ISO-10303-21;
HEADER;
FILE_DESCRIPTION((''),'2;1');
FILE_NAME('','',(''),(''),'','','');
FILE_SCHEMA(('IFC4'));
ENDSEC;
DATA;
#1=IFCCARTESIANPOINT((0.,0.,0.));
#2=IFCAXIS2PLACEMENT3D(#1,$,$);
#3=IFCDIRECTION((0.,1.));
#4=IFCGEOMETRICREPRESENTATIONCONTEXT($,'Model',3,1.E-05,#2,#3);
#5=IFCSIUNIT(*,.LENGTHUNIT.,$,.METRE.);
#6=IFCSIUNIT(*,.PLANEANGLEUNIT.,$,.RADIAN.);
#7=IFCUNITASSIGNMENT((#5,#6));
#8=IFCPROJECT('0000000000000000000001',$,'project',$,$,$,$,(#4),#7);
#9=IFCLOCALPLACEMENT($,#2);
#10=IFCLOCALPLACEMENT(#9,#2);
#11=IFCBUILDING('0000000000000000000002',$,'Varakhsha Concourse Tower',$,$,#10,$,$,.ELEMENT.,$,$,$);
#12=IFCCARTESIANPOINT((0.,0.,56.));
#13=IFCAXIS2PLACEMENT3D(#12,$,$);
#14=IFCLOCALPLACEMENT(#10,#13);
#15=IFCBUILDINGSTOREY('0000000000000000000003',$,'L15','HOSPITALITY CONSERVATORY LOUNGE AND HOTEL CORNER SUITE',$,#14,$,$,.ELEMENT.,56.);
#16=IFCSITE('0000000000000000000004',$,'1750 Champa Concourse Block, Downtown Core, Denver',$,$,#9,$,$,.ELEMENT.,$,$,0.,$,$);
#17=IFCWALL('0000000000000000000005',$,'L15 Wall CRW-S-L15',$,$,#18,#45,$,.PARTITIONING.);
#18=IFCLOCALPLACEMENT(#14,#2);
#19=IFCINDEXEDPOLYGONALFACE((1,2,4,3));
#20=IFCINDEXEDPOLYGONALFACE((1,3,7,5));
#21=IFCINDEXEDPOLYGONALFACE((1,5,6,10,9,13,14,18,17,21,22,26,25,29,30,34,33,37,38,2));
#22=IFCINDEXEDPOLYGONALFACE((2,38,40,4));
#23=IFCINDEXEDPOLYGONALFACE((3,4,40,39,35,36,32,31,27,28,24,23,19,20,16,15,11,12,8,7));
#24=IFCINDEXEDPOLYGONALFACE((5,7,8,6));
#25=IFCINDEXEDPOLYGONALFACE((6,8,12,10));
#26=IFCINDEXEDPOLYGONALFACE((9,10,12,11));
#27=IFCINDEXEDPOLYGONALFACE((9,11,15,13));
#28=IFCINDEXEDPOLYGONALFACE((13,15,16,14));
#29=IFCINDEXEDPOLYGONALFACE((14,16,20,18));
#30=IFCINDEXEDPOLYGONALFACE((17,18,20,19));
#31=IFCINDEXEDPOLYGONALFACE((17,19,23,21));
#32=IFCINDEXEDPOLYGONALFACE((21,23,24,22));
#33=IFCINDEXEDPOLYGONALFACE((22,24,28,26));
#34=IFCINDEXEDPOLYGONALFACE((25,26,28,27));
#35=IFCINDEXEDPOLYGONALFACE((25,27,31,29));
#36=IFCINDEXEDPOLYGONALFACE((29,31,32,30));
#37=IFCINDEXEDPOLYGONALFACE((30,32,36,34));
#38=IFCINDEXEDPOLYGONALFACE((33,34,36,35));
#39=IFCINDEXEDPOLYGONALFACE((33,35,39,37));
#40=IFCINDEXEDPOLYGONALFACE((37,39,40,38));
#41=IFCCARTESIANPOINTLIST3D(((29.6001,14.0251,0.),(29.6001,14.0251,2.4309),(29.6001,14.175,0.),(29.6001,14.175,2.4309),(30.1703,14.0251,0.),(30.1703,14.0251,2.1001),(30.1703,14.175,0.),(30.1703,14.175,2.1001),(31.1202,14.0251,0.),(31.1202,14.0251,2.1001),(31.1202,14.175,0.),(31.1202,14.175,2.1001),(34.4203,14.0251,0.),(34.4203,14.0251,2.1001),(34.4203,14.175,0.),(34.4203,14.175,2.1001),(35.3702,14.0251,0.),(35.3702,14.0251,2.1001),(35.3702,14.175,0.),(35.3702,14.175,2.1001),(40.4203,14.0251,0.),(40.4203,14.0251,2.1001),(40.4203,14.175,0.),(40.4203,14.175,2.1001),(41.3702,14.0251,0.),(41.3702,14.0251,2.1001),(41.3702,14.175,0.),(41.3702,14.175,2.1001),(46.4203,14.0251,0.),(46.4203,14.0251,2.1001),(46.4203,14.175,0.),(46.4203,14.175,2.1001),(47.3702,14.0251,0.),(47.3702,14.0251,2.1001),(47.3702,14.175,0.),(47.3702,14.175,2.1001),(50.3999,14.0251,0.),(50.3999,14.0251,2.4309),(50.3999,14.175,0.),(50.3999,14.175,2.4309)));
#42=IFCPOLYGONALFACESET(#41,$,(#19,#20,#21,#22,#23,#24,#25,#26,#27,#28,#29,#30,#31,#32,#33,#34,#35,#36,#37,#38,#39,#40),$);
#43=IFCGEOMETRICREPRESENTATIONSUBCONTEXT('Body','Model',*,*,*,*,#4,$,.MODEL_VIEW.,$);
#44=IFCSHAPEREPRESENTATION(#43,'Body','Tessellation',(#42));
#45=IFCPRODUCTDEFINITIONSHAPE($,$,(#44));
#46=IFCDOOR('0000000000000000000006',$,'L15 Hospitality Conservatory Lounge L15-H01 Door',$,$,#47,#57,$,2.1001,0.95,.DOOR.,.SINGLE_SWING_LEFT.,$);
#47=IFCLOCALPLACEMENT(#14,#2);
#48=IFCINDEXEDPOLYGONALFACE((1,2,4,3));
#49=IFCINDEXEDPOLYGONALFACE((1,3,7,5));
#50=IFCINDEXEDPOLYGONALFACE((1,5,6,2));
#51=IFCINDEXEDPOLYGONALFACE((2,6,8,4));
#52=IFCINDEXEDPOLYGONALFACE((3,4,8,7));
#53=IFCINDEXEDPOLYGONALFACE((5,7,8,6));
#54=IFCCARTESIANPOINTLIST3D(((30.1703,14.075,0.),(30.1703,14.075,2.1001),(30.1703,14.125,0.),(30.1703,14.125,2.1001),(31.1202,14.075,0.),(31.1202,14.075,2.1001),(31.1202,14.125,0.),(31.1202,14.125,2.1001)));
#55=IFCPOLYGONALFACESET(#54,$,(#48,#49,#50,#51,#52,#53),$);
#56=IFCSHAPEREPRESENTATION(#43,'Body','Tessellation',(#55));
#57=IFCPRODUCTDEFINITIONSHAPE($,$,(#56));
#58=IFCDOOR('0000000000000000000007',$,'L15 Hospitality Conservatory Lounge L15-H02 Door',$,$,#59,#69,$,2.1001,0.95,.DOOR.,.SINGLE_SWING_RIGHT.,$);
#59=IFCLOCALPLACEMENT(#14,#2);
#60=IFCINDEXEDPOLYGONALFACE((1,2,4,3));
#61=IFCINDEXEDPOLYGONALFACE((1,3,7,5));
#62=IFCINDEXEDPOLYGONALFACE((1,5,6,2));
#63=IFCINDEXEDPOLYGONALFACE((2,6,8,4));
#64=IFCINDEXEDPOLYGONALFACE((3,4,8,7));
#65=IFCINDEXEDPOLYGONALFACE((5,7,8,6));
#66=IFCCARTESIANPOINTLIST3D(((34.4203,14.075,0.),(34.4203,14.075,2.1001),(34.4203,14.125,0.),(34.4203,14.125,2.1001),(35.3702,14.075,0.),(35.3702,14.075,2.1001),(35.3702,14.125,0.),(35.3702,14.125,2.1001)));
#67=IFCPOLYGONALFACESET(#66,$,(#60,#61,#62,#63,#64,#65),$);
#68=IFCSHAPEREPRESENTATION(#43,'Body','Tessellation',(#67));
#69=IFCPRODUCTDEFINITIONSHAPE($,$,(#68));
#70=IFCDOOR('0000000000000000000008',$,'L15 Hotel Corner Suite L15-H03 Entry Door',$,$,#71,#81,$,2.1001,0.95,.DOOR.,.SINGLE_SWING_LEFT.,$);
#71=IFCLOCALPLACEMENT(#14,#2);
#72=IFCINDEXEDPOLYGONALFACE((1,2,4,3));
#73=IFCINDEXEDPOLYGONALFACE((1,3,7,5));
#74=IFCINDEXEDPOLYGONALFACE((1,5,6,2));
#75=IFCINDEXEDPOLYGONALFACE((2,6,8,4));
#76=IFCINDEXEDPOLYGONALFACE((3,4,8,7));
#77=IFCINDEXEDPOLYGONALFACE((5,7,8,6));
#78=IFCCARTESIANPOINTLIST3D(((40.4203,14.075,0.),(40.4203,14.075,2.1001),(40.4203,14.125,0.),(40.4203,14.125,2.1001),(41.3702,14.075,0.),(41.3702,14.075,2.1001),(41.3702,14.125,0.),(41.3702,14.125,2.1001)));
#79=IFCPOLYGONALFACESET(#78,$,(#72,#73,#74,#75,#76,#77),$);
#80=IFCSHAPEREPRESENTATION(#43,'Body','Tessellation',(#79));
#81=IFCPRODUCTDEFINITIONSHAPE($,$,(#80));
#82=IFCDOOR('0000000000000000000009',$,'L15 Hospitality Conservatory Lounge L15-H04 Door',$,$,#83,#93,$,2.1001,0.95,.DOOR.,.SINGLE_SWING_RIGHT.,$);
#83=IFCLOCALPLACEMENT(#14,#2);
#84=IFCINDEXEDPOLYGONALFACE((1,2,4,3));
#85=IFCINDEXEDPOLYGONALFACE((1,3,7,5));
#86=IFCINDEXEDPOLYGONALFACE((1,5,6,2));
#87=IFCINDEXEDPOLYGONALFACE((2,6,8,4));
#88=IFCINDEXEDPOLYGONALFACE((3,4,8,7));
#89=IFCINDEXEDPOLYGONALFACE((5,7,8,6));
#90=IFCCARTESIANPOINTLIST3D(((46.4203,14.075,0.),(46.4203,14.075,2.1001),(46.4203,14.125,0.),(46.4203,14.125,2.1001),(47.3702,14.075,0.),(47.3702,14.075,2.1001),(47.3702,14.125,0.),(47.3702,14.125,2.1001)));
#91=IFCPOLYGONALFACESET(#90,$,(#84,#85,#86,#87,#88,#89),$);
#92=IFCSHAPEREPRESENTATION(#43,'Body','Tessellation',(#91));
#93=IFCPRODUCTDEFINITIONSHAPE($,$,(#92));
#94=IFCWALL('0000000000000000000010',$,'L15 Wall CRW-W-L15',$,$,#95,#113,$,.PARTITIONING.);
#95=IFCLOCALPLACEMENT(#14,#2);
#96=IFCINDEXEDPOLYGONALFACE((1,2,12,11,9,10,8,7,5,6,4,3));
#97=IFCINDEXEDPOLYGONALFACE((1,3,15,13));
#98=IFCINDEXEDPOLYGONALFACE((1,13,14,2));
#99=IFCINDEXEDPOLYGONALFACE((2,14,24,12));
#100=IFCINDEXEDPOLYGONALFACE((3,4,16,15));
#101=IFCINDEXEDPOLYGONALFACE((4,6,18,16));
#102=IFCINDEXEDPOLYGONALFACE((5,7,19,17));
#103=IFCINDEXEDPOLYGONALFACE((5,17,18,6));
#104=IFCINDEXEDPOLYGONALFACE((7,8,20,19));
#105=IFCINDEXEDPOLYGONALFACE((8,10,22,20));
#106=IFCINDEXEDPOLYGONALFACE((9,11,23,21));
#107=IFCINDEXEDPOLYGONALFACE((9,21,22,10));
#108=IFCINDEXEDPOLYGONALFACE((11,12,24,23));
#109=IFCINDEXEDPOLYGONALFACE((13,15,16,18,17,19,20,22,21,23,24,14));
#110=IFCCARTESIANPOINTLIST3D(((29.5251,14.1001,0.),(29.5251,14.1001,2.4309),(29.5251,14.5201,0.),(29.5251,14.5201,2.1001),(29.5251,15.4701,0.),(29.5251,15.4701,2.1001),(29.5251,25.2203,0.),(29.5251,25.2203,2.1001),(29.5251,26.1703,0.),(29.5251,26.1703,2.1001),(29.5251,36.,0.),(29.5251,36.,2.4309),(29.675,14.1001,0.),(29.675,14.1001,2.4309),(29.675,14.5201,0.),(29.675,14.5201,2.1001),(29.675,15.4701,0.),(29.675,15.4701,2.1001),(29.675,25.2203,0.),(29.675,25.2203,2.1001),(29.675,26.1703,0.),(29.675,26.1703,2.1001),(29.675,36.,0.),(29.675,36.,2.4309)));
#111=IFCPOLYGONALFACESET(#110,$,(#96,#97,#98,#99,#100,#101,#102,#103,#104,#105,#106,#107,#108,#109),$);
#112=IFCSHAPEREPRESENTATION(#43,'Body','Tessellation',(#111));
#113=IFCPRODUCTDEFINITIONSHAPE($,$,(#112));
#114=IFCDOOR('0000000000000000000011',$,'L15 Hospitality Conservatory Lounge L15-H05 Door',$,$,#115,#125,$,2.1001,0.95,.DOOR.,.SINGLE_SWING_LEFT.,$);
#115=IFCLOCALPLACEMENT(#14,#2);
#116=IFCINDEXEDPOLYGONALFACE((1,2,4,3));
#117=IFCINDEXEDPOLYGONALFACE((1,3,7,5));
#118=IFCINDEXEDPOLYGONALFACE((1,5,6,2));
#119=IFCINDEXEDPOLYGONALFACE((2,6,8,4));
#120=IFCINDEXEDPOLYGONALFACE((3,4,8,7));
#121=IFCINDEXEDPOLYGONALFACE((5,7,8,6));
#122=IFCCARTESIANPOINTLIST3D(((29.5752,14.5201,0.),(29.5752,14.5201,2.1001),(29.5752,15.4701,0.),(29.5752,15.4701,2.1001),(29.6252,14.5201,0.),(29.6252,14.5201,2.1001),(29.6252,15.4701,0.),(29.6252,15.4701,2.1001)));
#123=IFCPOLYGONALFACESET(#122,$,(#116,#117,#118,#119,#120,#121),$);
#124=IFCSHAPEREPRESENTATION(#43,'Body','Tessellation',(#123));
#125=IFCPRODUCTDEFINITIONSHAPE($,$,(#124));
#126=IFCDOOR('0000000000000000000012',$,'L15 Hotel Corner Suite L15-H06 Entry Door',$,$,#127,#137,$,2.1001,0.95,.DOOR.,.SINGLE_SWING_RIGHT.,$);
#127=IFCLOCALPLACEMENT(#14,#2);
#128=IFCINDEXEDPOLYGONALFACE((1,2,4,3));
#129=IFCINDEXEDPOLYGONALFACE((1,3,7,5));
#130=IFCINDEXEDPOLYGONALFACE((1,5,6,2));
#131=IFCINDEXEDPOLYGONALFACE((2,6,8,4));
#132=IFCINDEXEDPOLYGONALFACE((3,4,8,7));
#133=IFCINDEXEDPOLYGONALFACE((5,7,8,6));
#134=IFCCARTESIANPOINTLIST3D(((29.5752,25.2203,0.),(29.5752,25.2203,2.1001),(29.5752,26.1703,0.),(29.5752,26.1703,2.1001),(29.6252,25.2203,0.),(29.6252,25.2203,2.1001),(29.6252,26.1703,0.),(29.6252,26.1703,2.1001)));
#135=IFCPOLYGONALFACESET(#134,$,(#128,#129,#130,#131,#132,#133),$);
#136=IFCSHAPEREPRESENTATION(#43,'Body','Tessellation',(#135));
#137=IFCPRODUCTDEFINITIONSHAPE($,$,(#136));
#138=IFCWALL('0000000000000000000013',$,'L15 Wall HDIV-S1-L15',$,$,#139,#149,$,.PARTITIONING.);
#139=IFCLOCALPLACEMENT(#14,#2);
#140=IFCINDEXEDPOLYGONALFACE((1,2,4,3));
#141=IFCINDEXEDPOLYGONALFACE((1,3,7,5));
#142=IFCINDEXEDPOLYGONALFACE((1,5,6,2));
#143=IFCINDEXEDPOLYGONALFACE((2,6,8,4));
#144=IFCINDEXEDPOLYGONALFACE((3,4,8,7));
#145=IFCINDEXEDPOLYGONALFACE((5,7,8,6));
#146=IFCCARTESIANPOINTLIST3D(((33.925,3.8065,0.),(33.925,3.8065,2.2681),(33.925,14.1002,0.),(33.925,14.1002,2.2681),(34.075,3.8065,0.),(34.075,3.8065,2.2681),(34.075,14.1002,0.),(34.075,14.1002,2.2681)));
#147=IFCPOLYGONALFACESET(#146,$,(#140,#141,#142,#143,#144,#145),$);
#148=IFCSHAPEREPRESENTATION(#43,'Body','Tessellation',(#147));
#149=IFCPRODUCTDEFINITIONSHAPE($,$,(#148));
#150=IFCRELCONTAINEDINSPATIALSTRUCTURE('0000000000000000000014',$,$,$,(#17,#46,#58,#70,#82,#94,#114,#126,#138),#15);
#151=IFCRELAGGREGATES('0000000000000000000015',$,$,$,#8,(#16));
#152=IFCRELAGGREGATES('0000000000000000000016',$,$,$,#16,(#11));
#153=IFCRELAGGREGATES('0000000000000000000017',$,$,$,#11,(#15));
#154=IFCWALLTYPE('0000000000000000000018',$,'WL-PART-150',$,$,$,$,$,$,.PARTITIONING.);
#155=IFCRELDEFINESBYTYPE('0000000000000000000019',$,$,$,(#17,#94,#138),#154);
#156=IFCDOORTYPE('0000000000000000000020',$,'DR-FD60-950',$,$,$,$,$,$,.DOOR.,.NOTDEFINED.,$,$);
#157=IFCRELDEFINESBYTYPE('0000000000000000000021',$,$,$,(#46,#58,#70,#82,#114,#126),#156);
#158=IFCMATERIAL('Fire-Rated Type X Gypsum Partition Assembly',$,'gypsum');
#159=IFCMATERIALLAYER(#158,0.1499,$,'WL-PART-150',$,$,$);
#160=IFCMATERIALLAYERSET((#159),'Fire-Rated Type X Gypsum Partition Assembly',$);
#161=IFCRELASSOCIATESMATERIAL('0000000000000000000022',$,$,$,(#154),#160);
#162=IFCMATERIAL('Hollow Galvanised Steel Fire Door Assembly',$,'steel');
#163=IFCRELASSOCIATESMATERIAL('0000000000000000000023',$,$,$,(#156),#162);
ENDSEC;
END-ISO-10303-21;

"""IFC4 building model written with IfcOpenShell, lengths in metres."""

from ifc_helpers import new_model, si_unit, direction, frame, frame_2d, origin, place, context, subcontext, project, spatial, rectangle, extrude, material, layer, layer_set, type_object, element, fill, save


model = new_model("IFC4")

# Units and contexts
model_context = context("Model", 3, precision=1e-05, world=origin(), true_north=direction((0.0, 1.0)))
body_context = subcontext(model_context, "Body", "Model", "MODEL_VIEW")
ifc_project = project(units=[si_unit("LENGTHUNIT", "METRE"), si_unit("PLANEANGLEUNIT", "RADIAN")], contexts=[model_context])

# Site, building, storey
site_placement = place(None, origin())
site = spatial("IfcSite", under=ifc_project, at=site_placement, Name="1750 Champa Concourse Block, Downtown Core, Denver", CompositionType="ELEMENT", RefElevation=0.0)
building_placement = place(site_placement, origin())
building = spatial("IfcBuilding", under=site, at=building_placement, Name="Varakhsha Concourse Tower", CompositionType="ELEMENT")
storey_placement = place(building_placement, frame((0.0, 0.0, 56.0)))
storey = spatial("IfcBuildingStorey", under=building, at=storey_placement, Name="L15", Description="HOSPITALITY CONSERVATORY LOUNGE AND HOTEL CORNER SUITE", CompositionType="ELEMENT", Elevation=56.0)

# Walls, openings, doors
ifc_material_1 = material(Name="Fire-Rated Type X Gypsum Partition Assembly", Category="gypsum")
ifc_layer_1 = layer(ifc_material_1, 0.1499, Name="WL-PART-150")
ifc_layer_set_1 = layer_set([ifc_layer_1], Name="Fire-Rated Type X Gypsum Partition Assembly")
wall_type = type_object("IfcWallType", Name="WL-PART-150", PredefinedType="PARTITIONING", material=ifc_layer_set_1)
wall_1_placement = place(storey_placement, frame((29.6001, 14.1001, 0.0), z_axis=(0.0, 0.0, 1.0), x_axis=(1.0, 0.0, 0.0)))
wall_1 = element("IfcWall", 1, at=wall_1_placement, inside=storey, type_object=wall_type, Name="L15 Wall CRW-S-L15", PredefinedType="PARTITIONING", context=body_context, shape_type="SweptSolid", body=[
    extrude(rectangle(XDim=20.7998, YDim=0.1499, at=frame_2d((10.3999, 0.0))), origin(), (0.0, 0.0, 1.0), 2.4309),
])
opening_1_placement = place(wall_1_placement, frame((0.5701, 0.0, 0.0)))
opening_1 = element("IfcOpeningElement", 2, at=opening_1_placement, cuts=wall_1, PredefinedType="OPENING", context=body_context, shape_type="SweptSolid", body=[
    extrude(rectangle(XDim=0.95, YDim=2.1001, at=frame_2d((0.4751, 1.05))), frame((0.0, 0.085, 0.0), z_axis=(0.0, -1.0, 0.0), x_axis=(1.0, 0.0, 0.0)), (0.0, 0.0, 1.0), 0.1699),
])
opening_2_placement = place(wall_1_placement, frame((4.8201, 0.0, 0.0)))
opening_2 = element("IfcOpeningElement", 3, at=opening_2_placement, cuts=wall_1, PredefinedType="OPENING", context=body_context, shape_type="SweptSolid", body=[
    extrude(rectangle(XDim=0.95, YDim=2.1001, at=frame_2d((0.4751, 1.05))), frame((0.0, 0.085, 0.0), z_axis=(0.0, -1.0, 0.0), x_axis=(1.0, 0.0, 0.0)), (0.0, 0.0, 1.0), 0.1699),
])
opening_3_placement = place(wall_1_placement, frame((10.8201, 0.0, 0.0)))
opening_3 = element("IfcOpeningElement", 4, at=opening_3_placement, cuts=wall_1, PredefinedType="OPENING", context=body_context, shape_type="SweptSolid", body=[
    extrude(rectangle(XDim=0.95, YDim=2.1001, at=frame_2d((0.4751, 1.05))), frame((0.0, 0.085, 0.0), z_axis=(0.0, -1.0, 0.0), x_axis=(1.0, 0.0, 0.0)), (0.0, 0.0, 1.0), 0.1699),
])
opening_4_placement = place(wall_1_placement, frame((16.8201, 0.0, 0.0)))
opening_4 = element("IfcOpeningElement", 5, at=opening_4_placement, cuts=wall_1, PredefinedType="OPENING", context=body_context, shape_type="SweptSolid", body=[
    extrude(rectangle(XDim=0.95, YDim=2.1001, at=frame_2d((0.4751, 1.05))), frame((0.0, 0.085, 0.0), z_axis=(0.0, -1.0, 0.0), x_axis=(1.0, 0.0, 0.0)), (0.0, 0.0, 1.0), 0.1699),
])
ifc_material_2 = material(Name="Hollow Galvanised Steel Fire Door Assembly", Category="steel")
door_type = type_object("IfcDoorType", Name="DR-FD60-950", OperationType="NOTDEFINED", PredefinedType="DOOR", material=ifc_material_2)
door_1_placement = place(opening_1_placement, origin())
door_1 = element("IfcDoor", 6, at=door_1_placement, inside=storey, type_object=door_type, Name="L15 Hospitality Conservatory Lounge L15-H01 Door", OperationType="SINGLE_SWING_LEFT", OverallHeight=2.1001, OverallWidth=0.95, PredefinedType="DOOR", context=body_context, shape_type="SweptSolid", body=[
    extrude(rectangle(XDim=0.95, YDim=2.1001, at=frame_2d((0.4751, 1.05))), frame((0.0, 0.0249, 0.0), z_axis=(0.0, -1.0, 0.0), x_axis=(1.0, 0.0, 0.0)), (0.0, 0.0, 1.0), 0.05),
])
fill(opening_1, door_1)
door_2_placement = place(opening_2_placement, origin())
door_2 = element("IfcDoor", 7, at=door_2_placement, inside=storey, type_object=door_type, Name="L15 Hospitality Conservatory Lounge L15-H02 Door", OperationType="SINGLE_SWING_RIGHT", OverallHeight=2.1001, OverallWidth=0.95, PredefinedType="DOOR", context=body_context, shape_type="SweptSolid", body=[
    extrude(rectangle(XDim=0.95, YDim=2.1001, at=frame_2d((0.4751, 1.05))), frame((0.0, 0.0249, 0.0), z_axis=(0.0, -1.0, 0.0), x_axis=(1.0, 0.0, 0.0)), (0.0, 0.0, 1.0), 0.05),
])
fill(opening_2, door_2)
door_3_placement = place(opening_3_placement, origin())
door_3 = element("IfcDoor", 8, at=door_3_placement, inside=storey, type_object=door_type, Name="L15 Hotel Corner Suite L15-H03 Entry Door", OperationType="SINGLE_SWING_LEFT", OverallHeight=2.1001, OverallWidth=0.95, PredefinedType="DOOR", context=body_context, shape_type="SweptSolid", body=[
    extrude(rectangle(XDim=0.95, YDim=2.1001, at=frame_2d((0.4751, 1.05))), frame((0.0, 0.0249, 0.0), z_axis=(0.0, -1.0, 0.0), x_axis=(1.0, 0.0, 0.0)), (0.0, 0.0, 1.0), 0.05),
])
fill(opening_3, door_3)
door_4_placement = place(opening_4_placement, origin())
door_4 = element("IfcDoor", 9, at=door_4_placement, inside=storey, type_object=door_type, Name="L15 Hospitality Conservatory Lounge L15-H04 Door", OperationType="SINGLE_SWING_RIGHT", OverallHeight=2.1001, OverallWidth=0.95, PredefinedType="DOOR", context=body_context, shape_type="SweptSolid", body=[
    extrude(rectangle(XDim=0.95, YDim=2.1001, at=frame_2d((0.4751, 1.05))), frame((0.0, 0.0249, 0.0), z_axis=(0.0, -1.0, 0.0), x_axis=(1.0, 0.0, 0.0)), (0.0, 0.0, 1.0), 0.05),
])
fill(opening_4, door_4)
wall_2_placement = place(storey_placement, frame((29.6001, 14.1001, 0.0), z_axis=(0.0, 0.0, 1.0), x_axis=(0.0, 1.0, 0.0)))
wall_2 = element("IfcWall", 10, at=wall_2_placement, inside=storey, type_object=wall_type, Name="L15 Wall CRW-W-L15", PredefinedType="PARTITIONING", context=body_context, shape_type="SweptSolid", body=[
    extrude(rectangle(XDim=21.8999, YDim=0.1499, at=frame_2d((10.95, 0.0))), origin(), (0.0, 0.0, 1.0), 2.4309),
])
opening_5_placement = place(wall_2_placement, frame((0.4199, 0.0, 0.0)))
opening_5 = element("IfcOpeningElement", 11, at=opening_5_placement, cuts=wall_2, PredefinedType="OPENING", context=body_context, shape_type="SweptSolid", body=[
    extrude(rectangle(XDim=0.95, YDim=2.1001, at=frame_2d((0.4751, 1.05))), frame((0.0, 0.085, 0.0), z_axis=(0.0, -1.0, 0.0), x_axis=(1.0, 0.0, 0.0)), (0.0, 0.0, 1.0), 0.1699),
])
opening_6_placement = place(wall_2_placement, frame((11.1201, 0.0, 0.0)))
opening_6 = element("IfcOpeningElement", 12, at=opening_6_placement, cuts=wall_2, PredefinedType="OPENING", context=body_context, shape_type="SweptSolid", body=[
    extrude(rectangle(XDim=0.95, YDim=2.1001, at=frame_2d((0.4751, 1.05))), frame((0.0, 0.085, 0.0), z_axis=(0.0, -1.0, 0.0), x_axis=(1.0, 0.0, 0.0)), (0.0, 0.0, 1.0), 0.1699),
])
door_5_placement = place(opening_5_placement, origin())
door_5 = element("IfcDoor", 13, at=door_5_placement, inside=storey, type_object=door_type, Name="L15 Hospitality Conservatory Lounge L15-H05 Door", OperationType="SINGLE_SWING_LEFT", OverallHeight=2.1001, OverallWidth=0.95, PredefinedType="DOOR", context=body_context, shape_type="SweptSolid", body=[
    extrude(rectangle(XDim=0.95, YDim=2.1001, at=frame_2d((0.4751, 1.05))), frame((0.0, 0.0249, 0.0), z_axis=(0.0, -1.0, 0.0), x_axis=(1.0, 0.0, 0.0)), (0.0, 0.0, 1.0), 0.05),
])
fill(opening_5, door_5)
door_6_placement = place(opening_6_placement, origin())
door_6 = element("IfcDoor", 14, at=door_6_placement, inside=storey, type_object=door_type, Name="L15 Hotel Corner Suite L15-H06 Entry Door", OperationType="SINGLE_SWING_RIGHT", OverallHeight=2.1001, OverallWidth=0.95, PredefinedType="DOOR", context=body_context, shape_type="SweptSolid", body=[
    extrude(rectangle(XDim=0.95, YDim=2.1001, at=frame_2d((0.4751, 1.05))), frame((0.0, 0.0249, 0.0), z_axis=(0.0, -1.0, 0.0), x_axis=(1.0, 0.0, 0.0)), (0.0, 0.0, 1.0), 0.05),
])
fill(opening_6, door_6)

# Wall
wall_3_placement = place(storey_placement, frame((34.0, 3.8064, 0.0), z_axis=(0.0, 0.0, 1.0), x_axis=(0.0, 1.0, 0.0)))
element("IfcWall", 15, at=wall_3_placement, inside=storey, type_object=wall_type, Name="L15 Wall HDIV-S1-L15", PredefinedType="PARTITIONING", context=body_context, shape_type="SweptSolid", body=[
    extrude(rectangle(XDim=10.2937, YDim=0.1499, at=frame_2d((5.147, 0.0))), origin(), (0.0, 0.0, 1.0), 2.2681),
])

save(model, "model.ifc")
